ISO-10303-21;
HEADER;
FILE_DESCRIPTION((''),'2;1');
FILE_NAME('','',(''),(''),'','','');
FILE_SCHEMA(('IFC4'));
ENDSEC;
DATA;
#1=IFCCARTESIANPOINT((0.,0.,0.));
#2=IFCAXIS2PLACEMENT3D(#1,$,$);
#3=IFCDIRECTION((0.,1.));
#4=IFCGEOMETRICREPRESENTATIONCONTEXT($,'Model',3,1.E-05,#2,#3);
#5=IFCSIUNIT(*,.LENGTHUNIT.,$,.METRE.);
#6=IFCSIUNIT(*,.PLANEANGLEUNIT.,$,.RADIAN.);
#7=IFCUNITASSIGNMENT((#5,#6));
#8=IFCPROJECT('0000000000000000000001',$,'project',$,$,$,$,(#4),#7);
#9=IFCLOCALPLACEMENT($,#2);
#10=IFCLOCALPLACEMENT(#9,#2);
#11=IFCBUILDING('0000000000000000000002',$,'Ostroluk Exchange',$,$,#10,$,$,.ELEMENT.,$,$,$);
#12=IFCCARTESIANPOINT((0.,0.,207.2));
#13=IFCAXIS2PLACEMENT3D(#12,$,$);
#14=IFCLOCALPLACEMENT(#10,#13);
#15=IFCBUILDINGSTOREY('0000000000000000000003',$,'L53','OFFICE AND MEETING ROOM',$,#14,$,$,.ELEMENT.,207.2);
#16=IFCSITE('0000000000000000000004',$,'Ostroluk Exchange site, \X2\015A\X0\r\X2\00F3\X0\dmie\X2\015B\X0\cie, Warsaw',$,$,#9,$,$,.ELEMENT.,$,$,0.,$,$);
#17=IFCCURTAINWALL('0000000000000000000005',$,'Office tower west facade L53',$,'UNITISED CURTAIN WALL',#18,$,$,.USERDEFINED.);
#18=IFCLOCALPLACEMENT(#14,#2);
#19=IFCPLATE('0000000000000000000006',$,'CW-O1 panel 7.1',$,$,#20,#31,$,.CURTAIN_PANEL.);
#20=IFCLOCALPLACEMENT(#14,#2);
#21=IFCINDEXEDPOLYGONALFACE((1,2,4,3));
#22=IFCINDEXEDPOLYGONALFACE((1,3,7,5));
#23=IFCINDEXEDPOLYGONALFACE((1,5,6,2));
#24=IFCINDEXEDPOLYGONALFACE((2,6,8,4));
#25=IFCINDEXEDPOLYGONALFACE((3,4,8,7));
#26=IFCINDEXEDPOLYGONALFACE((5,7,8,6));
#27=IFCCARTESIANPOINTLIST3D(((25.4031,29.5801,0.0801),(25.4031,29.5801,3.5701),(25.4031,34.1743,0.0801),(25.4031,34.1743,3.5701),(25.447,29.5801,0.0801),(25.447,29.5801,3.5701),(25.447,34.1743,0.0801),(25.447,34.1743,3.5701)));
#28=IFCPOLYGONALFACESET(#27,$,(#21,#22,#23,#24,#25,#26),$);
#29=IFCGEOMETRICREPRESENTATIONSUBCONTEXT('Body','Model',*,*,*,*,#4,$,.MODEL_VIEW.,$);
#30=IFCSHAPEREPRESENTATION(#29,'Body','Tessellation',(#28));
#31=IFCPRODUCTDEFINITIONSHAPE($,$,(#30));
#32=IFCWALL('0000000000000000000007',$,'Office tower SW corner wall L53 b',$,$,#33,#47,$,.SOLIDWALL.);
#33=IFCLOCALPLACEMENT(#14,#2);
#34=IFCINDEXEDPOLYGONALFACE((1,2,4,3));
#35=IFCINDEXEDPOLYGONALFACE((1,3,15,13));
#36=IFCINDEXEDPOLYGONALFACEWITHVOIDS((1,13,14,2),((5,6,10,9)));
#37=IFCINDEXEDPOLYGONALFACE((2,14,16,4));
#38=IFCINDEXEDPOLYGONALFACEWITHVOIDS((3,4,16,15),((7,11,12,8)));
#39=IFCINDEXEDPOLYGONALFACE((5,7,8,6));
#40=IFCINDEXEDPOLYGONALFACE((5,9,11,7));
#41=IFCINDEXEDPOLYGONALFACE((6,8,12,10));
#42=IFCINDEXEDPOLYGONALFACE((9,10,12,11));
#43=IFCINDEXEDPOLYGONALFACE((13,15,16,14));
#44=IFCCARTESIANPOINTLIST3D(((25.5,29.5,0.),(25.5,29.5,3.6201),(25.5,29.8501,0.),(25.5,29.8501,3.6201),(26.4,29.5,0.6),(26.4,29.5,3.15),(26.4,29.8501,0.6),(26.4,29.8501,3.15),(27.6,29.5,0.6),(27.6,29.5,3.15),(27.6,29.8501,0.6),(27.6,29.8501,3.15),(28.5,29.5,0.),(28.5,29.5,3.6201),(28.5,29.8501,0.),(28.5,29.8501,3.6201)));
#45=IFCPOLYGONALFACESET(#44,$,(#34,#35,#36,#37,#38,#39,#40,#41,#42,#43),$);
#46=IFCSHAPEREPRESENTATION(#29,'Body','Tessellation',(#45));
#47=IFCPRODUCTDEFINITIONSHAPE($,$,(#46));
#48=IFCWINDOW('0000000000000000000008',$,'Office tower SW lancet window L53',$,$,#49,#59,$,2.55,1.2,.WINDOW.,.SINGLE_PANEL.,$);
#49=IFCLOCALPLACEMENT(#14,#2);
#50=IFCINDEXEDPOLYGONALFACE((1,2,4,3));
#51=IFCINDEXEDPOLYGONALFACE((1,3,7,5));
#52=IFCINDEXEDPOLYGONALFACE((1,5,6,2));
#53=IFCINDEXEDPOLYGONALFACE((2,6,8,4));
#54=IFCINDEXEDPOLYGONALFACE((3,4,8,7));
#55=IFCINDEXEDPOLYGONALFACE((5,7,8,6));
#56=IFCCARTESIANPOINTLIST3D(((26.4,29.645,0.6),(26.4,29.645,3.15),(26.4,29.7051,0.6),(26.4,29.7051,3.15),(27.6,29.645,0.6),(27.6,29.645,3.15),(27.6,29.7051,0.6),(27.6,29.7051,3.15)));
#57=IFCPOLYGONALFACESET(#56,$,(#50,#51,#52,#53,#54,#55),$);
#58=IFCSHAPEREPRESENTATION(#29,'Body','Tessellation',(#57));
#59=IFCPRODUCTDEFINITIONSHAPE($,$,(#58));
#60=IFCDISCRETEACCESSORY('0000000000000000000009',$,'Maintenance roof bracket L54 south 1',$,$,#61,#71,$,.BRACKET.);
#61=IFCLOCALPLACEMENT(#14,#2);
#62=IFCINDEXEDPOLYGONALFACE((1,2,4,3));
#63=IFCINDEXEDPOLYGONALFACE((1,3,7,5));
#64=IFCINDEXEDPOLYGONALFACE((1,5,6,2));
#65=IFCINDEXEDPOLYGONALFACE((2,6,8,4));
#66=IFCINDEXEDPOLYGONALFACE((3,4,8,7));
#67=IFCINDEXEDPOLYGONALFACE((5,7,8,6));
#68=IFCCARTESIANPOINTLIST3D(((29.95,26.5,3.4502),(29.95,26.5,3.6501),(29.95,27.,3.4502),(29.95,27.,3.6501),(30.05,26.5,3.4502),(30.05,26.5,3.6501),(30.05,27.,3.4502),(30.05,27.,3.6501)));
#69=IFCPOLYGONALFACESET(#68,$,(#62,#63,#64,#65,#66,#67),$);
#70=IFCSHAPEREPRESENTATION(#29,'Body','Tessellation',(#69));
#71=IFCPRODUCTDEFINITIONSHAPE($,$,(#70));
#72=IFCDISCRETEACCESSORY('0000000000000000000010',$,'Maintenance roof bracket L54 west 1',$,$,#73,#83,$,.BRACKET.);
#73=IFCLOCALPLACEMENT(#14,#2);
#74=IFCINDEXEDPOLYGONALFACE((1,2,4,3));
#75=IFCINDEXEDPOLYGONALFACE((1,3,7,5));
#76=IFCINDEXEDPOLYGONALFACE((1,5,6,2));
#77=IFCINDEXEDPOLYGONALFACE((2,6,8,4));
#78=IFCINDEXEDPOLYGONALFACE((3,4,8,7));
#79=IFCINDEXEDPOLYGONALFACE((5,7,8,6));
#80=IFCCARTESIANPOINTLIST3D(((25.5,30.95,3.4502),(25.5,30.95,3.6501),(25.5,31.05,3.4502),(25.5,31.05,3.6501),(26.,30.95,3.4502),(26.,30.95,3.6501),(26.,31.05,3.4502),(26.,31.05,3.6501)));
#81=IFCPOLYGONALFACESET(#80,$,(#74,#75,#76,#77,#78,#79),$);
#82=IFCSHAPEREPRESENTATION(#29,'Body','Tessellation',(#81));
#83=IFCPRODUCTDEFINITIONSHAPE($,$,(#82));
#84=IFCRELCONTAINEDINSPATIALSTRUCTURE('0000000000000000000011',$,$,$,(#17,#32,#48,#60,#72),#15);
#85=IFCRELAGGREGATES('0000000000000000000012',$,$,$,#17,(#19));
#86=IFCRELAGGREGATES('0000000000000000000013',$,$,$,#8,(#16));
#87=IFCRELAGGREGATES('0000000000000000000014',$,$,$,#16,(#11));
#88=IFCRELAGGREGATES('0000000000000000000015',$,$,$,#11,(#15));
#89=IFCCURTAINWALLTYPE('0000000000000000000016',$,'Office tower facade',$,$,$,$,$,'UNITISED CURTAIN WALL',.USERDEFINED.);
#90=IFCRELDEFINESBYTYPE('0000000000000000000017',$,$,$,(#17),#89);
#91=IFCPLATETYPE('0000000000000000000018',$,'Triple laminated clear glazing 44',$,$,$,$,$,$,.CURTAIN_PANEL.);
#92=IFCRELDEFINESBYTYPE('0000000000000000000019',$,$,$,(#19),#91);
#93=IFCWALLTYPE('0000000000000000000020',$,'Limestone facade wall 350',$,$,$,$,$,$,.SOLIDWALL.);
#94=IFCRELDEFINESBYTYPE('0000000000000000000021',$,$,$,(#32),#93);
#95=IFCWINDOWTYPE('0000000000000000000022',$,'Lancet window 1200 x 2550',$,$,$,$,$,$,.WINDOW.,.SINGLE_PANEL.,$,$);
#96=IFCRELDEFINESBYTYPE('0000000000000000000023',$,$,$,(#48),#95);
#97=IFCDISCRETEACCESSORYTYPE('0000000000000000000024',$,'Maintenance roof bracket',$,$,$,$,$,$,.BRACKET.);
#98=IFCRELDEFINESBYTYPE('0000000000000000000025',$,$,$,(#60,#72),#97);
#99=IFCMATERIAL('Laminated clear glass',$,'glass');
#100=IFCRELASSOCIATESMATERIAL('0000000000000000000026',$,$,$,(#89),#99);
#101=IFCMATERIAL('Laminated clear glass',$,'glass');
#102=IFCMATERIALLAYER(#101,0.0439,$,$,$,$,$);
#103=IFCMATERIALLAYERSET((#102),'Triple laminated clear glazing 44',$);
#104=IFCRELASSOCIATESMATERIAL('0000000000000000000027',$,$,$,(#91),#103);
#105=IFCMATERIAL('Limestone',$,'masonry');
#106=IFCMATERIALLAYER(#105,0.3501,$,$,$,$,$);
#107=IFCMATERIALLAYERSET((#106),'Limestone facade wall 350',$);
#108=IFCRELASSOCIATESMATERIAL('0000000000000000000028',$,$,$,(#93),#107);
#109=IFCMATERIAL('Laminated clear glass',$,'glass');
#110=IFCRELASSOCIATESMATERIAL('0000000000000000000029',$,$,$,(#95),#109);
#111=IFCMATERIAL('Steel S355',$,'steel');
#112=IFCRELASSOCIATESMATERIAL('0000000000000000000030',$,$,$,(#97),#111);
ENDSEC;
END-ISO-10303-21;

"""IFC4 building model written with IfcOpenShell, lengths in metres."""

from ifc_helpers import new_model, si_unit, direction, frame, frame_2d, origin, origin_2d, place, context, subcontext, project, spatial, rectangle, extrude, material, layer, layer_set, type_object, element, fill, aggregate, save


model = new_model("IFC4")

# Units and contexts
model_context = context("Model", 3, precision=1e-05, world=origin(), true_north=direction((0.0, 1.0)))
body_context = subcontext(model_context, "Body", "Model", "MODEL_VIEW")
ifc_project = project(units=[si_unit("LENGTHUNIT", "METRE"), si_unit("PLANEANGLEUNIT", "RADIAN")], contexts=[model_context])

# Site, building, storey
site_placement = place(None, origin())
site = spatial("IfcSite", under=ifc_project, at=site_placement, Name="Ostroluk Exchange site, Śródmieście, Warsaw", CompositionType="ELEMENT", RefElevation=0.0)
building_placement = place(site_placement, origin())
building = spatial("IfcBuilding", under=site, at=building_placement, Name="Ostroluk Exchange", CompositionType="ELEMENT")
storey_placement = place(building_placement, frame((0.0, 0.0, 207.2)))
storey = spatial("IfcBuildingStorey", under=building, at=storey_placement, Name="L53", Description="OFFICE AND MEETING ROOM", CompositionType="ELEMENT", Elevation=207.2)

# Shared definitions
ifc_material_1 = material(Name="Laminated clear glass", Category="glass")
curtain_wall_type = type_object("IfcCurtainWallType", Name="Office tower facade", ElementType="UNITISED CURTAIN WALL", PredefinedType="USERDEFINED", material=ifc_material_1)

# Curtain wall
curtain_wall_1_placement = place(storey_placement, origin())
curtain_wall_1 = element("IfcCurtainWall", 1, at=curtain_wall_1_placement, inside=storey, type_object=curtain_wall_type, Name="Office tower west facade L53", ObjectType="UNITISED CURTAIN WALL", PredefinedType="USERDEFINED")

# Plate
ifc_material_2 = material(Name="Laminated clear glass", Category="glass")
ifc_layer_1 = layer(ifc_material_2, 0.0439)
ifc_layer_set_1 = layer_set([ifc_layer_1], Name="Triple laminated clear glazing 44")
plate_type_1 = type_object("IfcPlateType", Name="Triple laminated clear glazing 44", PredefinedType="CURTAIN_PANEL", material=ifc_layer_set_1)
plate_1_placement = place(storey_placement, frame((25.425, 31.8772, 0.0801), z_axis=(0.0, 0.0, 1.0), x_axis=(0.0, -1.0, 0.0)))
plate_1 = element("IfcPlate", 2, at=plate_1_placement, type_object=plate_type_1, Name="CW-O1 panel 7.1", PredefinedType="CURTAIN_PANEL", context=body_context, shape_type="SweptSolid", body=[
    extrude(rectangle(XDim=4.5942, YDim=0.0439, at=origin_2d()), origin(), (0.0, 0.0, 1.0), 3.49),
])
aggregate(curtain_wall_1, [plate_1])

# Shared definitions
ifc_material_3 = material(Name="Limestone", Category="masonry")
ifc_layer_2 = layer(ifc_material_3, 0.3501)
ifc_layer_set_2 = layer_set([ifc_layer_2], Name="Limestone facade wall 350")
wall_type = type_object("IfcWallType", Name="Limestone facade wall 350", PredefinedType="SOLIDWALL", material=ifc_layer_set_2)

# Wall, opening, window
wall_1_placement = place(storey_placement, frame((28.5, 29.675, 0.0), z_axis=(0.0, 0.0, 1.0), x_axis=(-1.0, 0.0, 0.0)))
wall_1 = element("IfcWall", 3, at=wall_1_placement, inside=storey, type_object=wall_type, Name="Office tower SW corner wall L53 b", PredefinedType="SOLIDWALL", context=body_context, shape_type="SweptSolid", body=[
    extrude(rectangle(XDim=3.0, YDim=0.3501, at=frame_2d((1.5, 0.0))), origin(), (0.0, 0.0, 1.0), 3.6201),
])
opening_1_placement = place(wall_1_placement, frame((0.8999, 0.0, 0.6001)))
opening_1 = element("IfcOpeningElement", 4, at=opening_1_placement, cuts=wall_1, PredefinedType="OPENING", context=body_context, shape_type="SweptSolid", body=[
    extrude(rectangle(XDim=1.2, YDim=2.55, at=frame_2d((0.6001, 1.2749))), frame((0.0, 0.1851, 0.0), z_axis=(0.0, -1.0, 0.0), x_axis=(1.0, 0.0, 0.0)), (0.0, 0.0, 1.0), 0.3701),
])
ifc_material_4 = material(Name="Laminated clear glass", Category="glass")
window_type = type_object("IfcWindowType", Name="Lancet window 1200 x 2550", PartitioningType="SINGLE_PANEL", PredefinedType="WINDOW", material=ifc_material_4)
window_placement = place(opening_1_placement, origin())
window = element("IfcWindow", 5, at=window_placement, inside=storey, type_object=window_type, Name="Office tower SW lancet window L53", OverallHeight=2.55, OverallWidth=1.2, PartitioningType="SINGLE_PANEL", PredefinedType="WINDOW", context=body_context, shape_type="SweptSolid", body=[
    extrude(rectangle(XDim=1.2, YDim=2.55, at=frame_2d((0.6001, 1.2749))), frame((0.0, 0.03, 0.0), z_axis=(0.0, -1.0, 0.0), x_axis=(1.0, 0.0, 0.0)), (0.0, 0.0, 1.0), 0.0601),
])
fill(opening_1, window)

# Discrete accessories
ifc_material_5 = material(Name="Steel S355", Category="steel")
discrete_accessory_type = type_object("IfcDiscreteAccessoryType", Name="Maintenance roof bracket", PredefinedType="BRACKET", material=ifc_material_5)
discrete_accessory_1_placement = place(storey_placement, frame((30.0, 26.75, 3.4502), z_axis=(0.0, 0.0, 1.0), x_axis=(1.0, 0.0, 0.0)))
element("IfcDiscreteAccessory", 6, at=discrete_accessory_1_placement, inside=storey, type_object=discrete_accessory_type, Name="Maintenance roof bracket L54 south 1", PredefinedType="BRACKET", context=body_context, shape_type="SweptSolid", body=[
    extrude(rectangle(XDim=0.1001, YDim=0.5, at=origin_2d()), origin(), (0.0, 0.0, 1.0), 0.2),
])
discrete_accessory_2_placement = place(storey_placement, frame((25.75, 31.0, 3.4502), z_axis=(0.0, 0.0, 1.0), x_axis=(1.0, 0.0, 0.0)))
element("IfcDiscreteAccessory", 7, at=discrete_accessory_2_placement, inside=storey, type_object=discrete_accessory_type, Name="Maintenance roof bracket L54 west 1", PredefinedType="BRACKET", context=body_context, shape_type="SweptSolid", body=[
    extrude(rectangle(XDim=0.5, YDim=0.1001, at=origin_2d()), origin(), (0.0, 0.0, 1.0), 0.2),
])

save(model, "model.ifc")
